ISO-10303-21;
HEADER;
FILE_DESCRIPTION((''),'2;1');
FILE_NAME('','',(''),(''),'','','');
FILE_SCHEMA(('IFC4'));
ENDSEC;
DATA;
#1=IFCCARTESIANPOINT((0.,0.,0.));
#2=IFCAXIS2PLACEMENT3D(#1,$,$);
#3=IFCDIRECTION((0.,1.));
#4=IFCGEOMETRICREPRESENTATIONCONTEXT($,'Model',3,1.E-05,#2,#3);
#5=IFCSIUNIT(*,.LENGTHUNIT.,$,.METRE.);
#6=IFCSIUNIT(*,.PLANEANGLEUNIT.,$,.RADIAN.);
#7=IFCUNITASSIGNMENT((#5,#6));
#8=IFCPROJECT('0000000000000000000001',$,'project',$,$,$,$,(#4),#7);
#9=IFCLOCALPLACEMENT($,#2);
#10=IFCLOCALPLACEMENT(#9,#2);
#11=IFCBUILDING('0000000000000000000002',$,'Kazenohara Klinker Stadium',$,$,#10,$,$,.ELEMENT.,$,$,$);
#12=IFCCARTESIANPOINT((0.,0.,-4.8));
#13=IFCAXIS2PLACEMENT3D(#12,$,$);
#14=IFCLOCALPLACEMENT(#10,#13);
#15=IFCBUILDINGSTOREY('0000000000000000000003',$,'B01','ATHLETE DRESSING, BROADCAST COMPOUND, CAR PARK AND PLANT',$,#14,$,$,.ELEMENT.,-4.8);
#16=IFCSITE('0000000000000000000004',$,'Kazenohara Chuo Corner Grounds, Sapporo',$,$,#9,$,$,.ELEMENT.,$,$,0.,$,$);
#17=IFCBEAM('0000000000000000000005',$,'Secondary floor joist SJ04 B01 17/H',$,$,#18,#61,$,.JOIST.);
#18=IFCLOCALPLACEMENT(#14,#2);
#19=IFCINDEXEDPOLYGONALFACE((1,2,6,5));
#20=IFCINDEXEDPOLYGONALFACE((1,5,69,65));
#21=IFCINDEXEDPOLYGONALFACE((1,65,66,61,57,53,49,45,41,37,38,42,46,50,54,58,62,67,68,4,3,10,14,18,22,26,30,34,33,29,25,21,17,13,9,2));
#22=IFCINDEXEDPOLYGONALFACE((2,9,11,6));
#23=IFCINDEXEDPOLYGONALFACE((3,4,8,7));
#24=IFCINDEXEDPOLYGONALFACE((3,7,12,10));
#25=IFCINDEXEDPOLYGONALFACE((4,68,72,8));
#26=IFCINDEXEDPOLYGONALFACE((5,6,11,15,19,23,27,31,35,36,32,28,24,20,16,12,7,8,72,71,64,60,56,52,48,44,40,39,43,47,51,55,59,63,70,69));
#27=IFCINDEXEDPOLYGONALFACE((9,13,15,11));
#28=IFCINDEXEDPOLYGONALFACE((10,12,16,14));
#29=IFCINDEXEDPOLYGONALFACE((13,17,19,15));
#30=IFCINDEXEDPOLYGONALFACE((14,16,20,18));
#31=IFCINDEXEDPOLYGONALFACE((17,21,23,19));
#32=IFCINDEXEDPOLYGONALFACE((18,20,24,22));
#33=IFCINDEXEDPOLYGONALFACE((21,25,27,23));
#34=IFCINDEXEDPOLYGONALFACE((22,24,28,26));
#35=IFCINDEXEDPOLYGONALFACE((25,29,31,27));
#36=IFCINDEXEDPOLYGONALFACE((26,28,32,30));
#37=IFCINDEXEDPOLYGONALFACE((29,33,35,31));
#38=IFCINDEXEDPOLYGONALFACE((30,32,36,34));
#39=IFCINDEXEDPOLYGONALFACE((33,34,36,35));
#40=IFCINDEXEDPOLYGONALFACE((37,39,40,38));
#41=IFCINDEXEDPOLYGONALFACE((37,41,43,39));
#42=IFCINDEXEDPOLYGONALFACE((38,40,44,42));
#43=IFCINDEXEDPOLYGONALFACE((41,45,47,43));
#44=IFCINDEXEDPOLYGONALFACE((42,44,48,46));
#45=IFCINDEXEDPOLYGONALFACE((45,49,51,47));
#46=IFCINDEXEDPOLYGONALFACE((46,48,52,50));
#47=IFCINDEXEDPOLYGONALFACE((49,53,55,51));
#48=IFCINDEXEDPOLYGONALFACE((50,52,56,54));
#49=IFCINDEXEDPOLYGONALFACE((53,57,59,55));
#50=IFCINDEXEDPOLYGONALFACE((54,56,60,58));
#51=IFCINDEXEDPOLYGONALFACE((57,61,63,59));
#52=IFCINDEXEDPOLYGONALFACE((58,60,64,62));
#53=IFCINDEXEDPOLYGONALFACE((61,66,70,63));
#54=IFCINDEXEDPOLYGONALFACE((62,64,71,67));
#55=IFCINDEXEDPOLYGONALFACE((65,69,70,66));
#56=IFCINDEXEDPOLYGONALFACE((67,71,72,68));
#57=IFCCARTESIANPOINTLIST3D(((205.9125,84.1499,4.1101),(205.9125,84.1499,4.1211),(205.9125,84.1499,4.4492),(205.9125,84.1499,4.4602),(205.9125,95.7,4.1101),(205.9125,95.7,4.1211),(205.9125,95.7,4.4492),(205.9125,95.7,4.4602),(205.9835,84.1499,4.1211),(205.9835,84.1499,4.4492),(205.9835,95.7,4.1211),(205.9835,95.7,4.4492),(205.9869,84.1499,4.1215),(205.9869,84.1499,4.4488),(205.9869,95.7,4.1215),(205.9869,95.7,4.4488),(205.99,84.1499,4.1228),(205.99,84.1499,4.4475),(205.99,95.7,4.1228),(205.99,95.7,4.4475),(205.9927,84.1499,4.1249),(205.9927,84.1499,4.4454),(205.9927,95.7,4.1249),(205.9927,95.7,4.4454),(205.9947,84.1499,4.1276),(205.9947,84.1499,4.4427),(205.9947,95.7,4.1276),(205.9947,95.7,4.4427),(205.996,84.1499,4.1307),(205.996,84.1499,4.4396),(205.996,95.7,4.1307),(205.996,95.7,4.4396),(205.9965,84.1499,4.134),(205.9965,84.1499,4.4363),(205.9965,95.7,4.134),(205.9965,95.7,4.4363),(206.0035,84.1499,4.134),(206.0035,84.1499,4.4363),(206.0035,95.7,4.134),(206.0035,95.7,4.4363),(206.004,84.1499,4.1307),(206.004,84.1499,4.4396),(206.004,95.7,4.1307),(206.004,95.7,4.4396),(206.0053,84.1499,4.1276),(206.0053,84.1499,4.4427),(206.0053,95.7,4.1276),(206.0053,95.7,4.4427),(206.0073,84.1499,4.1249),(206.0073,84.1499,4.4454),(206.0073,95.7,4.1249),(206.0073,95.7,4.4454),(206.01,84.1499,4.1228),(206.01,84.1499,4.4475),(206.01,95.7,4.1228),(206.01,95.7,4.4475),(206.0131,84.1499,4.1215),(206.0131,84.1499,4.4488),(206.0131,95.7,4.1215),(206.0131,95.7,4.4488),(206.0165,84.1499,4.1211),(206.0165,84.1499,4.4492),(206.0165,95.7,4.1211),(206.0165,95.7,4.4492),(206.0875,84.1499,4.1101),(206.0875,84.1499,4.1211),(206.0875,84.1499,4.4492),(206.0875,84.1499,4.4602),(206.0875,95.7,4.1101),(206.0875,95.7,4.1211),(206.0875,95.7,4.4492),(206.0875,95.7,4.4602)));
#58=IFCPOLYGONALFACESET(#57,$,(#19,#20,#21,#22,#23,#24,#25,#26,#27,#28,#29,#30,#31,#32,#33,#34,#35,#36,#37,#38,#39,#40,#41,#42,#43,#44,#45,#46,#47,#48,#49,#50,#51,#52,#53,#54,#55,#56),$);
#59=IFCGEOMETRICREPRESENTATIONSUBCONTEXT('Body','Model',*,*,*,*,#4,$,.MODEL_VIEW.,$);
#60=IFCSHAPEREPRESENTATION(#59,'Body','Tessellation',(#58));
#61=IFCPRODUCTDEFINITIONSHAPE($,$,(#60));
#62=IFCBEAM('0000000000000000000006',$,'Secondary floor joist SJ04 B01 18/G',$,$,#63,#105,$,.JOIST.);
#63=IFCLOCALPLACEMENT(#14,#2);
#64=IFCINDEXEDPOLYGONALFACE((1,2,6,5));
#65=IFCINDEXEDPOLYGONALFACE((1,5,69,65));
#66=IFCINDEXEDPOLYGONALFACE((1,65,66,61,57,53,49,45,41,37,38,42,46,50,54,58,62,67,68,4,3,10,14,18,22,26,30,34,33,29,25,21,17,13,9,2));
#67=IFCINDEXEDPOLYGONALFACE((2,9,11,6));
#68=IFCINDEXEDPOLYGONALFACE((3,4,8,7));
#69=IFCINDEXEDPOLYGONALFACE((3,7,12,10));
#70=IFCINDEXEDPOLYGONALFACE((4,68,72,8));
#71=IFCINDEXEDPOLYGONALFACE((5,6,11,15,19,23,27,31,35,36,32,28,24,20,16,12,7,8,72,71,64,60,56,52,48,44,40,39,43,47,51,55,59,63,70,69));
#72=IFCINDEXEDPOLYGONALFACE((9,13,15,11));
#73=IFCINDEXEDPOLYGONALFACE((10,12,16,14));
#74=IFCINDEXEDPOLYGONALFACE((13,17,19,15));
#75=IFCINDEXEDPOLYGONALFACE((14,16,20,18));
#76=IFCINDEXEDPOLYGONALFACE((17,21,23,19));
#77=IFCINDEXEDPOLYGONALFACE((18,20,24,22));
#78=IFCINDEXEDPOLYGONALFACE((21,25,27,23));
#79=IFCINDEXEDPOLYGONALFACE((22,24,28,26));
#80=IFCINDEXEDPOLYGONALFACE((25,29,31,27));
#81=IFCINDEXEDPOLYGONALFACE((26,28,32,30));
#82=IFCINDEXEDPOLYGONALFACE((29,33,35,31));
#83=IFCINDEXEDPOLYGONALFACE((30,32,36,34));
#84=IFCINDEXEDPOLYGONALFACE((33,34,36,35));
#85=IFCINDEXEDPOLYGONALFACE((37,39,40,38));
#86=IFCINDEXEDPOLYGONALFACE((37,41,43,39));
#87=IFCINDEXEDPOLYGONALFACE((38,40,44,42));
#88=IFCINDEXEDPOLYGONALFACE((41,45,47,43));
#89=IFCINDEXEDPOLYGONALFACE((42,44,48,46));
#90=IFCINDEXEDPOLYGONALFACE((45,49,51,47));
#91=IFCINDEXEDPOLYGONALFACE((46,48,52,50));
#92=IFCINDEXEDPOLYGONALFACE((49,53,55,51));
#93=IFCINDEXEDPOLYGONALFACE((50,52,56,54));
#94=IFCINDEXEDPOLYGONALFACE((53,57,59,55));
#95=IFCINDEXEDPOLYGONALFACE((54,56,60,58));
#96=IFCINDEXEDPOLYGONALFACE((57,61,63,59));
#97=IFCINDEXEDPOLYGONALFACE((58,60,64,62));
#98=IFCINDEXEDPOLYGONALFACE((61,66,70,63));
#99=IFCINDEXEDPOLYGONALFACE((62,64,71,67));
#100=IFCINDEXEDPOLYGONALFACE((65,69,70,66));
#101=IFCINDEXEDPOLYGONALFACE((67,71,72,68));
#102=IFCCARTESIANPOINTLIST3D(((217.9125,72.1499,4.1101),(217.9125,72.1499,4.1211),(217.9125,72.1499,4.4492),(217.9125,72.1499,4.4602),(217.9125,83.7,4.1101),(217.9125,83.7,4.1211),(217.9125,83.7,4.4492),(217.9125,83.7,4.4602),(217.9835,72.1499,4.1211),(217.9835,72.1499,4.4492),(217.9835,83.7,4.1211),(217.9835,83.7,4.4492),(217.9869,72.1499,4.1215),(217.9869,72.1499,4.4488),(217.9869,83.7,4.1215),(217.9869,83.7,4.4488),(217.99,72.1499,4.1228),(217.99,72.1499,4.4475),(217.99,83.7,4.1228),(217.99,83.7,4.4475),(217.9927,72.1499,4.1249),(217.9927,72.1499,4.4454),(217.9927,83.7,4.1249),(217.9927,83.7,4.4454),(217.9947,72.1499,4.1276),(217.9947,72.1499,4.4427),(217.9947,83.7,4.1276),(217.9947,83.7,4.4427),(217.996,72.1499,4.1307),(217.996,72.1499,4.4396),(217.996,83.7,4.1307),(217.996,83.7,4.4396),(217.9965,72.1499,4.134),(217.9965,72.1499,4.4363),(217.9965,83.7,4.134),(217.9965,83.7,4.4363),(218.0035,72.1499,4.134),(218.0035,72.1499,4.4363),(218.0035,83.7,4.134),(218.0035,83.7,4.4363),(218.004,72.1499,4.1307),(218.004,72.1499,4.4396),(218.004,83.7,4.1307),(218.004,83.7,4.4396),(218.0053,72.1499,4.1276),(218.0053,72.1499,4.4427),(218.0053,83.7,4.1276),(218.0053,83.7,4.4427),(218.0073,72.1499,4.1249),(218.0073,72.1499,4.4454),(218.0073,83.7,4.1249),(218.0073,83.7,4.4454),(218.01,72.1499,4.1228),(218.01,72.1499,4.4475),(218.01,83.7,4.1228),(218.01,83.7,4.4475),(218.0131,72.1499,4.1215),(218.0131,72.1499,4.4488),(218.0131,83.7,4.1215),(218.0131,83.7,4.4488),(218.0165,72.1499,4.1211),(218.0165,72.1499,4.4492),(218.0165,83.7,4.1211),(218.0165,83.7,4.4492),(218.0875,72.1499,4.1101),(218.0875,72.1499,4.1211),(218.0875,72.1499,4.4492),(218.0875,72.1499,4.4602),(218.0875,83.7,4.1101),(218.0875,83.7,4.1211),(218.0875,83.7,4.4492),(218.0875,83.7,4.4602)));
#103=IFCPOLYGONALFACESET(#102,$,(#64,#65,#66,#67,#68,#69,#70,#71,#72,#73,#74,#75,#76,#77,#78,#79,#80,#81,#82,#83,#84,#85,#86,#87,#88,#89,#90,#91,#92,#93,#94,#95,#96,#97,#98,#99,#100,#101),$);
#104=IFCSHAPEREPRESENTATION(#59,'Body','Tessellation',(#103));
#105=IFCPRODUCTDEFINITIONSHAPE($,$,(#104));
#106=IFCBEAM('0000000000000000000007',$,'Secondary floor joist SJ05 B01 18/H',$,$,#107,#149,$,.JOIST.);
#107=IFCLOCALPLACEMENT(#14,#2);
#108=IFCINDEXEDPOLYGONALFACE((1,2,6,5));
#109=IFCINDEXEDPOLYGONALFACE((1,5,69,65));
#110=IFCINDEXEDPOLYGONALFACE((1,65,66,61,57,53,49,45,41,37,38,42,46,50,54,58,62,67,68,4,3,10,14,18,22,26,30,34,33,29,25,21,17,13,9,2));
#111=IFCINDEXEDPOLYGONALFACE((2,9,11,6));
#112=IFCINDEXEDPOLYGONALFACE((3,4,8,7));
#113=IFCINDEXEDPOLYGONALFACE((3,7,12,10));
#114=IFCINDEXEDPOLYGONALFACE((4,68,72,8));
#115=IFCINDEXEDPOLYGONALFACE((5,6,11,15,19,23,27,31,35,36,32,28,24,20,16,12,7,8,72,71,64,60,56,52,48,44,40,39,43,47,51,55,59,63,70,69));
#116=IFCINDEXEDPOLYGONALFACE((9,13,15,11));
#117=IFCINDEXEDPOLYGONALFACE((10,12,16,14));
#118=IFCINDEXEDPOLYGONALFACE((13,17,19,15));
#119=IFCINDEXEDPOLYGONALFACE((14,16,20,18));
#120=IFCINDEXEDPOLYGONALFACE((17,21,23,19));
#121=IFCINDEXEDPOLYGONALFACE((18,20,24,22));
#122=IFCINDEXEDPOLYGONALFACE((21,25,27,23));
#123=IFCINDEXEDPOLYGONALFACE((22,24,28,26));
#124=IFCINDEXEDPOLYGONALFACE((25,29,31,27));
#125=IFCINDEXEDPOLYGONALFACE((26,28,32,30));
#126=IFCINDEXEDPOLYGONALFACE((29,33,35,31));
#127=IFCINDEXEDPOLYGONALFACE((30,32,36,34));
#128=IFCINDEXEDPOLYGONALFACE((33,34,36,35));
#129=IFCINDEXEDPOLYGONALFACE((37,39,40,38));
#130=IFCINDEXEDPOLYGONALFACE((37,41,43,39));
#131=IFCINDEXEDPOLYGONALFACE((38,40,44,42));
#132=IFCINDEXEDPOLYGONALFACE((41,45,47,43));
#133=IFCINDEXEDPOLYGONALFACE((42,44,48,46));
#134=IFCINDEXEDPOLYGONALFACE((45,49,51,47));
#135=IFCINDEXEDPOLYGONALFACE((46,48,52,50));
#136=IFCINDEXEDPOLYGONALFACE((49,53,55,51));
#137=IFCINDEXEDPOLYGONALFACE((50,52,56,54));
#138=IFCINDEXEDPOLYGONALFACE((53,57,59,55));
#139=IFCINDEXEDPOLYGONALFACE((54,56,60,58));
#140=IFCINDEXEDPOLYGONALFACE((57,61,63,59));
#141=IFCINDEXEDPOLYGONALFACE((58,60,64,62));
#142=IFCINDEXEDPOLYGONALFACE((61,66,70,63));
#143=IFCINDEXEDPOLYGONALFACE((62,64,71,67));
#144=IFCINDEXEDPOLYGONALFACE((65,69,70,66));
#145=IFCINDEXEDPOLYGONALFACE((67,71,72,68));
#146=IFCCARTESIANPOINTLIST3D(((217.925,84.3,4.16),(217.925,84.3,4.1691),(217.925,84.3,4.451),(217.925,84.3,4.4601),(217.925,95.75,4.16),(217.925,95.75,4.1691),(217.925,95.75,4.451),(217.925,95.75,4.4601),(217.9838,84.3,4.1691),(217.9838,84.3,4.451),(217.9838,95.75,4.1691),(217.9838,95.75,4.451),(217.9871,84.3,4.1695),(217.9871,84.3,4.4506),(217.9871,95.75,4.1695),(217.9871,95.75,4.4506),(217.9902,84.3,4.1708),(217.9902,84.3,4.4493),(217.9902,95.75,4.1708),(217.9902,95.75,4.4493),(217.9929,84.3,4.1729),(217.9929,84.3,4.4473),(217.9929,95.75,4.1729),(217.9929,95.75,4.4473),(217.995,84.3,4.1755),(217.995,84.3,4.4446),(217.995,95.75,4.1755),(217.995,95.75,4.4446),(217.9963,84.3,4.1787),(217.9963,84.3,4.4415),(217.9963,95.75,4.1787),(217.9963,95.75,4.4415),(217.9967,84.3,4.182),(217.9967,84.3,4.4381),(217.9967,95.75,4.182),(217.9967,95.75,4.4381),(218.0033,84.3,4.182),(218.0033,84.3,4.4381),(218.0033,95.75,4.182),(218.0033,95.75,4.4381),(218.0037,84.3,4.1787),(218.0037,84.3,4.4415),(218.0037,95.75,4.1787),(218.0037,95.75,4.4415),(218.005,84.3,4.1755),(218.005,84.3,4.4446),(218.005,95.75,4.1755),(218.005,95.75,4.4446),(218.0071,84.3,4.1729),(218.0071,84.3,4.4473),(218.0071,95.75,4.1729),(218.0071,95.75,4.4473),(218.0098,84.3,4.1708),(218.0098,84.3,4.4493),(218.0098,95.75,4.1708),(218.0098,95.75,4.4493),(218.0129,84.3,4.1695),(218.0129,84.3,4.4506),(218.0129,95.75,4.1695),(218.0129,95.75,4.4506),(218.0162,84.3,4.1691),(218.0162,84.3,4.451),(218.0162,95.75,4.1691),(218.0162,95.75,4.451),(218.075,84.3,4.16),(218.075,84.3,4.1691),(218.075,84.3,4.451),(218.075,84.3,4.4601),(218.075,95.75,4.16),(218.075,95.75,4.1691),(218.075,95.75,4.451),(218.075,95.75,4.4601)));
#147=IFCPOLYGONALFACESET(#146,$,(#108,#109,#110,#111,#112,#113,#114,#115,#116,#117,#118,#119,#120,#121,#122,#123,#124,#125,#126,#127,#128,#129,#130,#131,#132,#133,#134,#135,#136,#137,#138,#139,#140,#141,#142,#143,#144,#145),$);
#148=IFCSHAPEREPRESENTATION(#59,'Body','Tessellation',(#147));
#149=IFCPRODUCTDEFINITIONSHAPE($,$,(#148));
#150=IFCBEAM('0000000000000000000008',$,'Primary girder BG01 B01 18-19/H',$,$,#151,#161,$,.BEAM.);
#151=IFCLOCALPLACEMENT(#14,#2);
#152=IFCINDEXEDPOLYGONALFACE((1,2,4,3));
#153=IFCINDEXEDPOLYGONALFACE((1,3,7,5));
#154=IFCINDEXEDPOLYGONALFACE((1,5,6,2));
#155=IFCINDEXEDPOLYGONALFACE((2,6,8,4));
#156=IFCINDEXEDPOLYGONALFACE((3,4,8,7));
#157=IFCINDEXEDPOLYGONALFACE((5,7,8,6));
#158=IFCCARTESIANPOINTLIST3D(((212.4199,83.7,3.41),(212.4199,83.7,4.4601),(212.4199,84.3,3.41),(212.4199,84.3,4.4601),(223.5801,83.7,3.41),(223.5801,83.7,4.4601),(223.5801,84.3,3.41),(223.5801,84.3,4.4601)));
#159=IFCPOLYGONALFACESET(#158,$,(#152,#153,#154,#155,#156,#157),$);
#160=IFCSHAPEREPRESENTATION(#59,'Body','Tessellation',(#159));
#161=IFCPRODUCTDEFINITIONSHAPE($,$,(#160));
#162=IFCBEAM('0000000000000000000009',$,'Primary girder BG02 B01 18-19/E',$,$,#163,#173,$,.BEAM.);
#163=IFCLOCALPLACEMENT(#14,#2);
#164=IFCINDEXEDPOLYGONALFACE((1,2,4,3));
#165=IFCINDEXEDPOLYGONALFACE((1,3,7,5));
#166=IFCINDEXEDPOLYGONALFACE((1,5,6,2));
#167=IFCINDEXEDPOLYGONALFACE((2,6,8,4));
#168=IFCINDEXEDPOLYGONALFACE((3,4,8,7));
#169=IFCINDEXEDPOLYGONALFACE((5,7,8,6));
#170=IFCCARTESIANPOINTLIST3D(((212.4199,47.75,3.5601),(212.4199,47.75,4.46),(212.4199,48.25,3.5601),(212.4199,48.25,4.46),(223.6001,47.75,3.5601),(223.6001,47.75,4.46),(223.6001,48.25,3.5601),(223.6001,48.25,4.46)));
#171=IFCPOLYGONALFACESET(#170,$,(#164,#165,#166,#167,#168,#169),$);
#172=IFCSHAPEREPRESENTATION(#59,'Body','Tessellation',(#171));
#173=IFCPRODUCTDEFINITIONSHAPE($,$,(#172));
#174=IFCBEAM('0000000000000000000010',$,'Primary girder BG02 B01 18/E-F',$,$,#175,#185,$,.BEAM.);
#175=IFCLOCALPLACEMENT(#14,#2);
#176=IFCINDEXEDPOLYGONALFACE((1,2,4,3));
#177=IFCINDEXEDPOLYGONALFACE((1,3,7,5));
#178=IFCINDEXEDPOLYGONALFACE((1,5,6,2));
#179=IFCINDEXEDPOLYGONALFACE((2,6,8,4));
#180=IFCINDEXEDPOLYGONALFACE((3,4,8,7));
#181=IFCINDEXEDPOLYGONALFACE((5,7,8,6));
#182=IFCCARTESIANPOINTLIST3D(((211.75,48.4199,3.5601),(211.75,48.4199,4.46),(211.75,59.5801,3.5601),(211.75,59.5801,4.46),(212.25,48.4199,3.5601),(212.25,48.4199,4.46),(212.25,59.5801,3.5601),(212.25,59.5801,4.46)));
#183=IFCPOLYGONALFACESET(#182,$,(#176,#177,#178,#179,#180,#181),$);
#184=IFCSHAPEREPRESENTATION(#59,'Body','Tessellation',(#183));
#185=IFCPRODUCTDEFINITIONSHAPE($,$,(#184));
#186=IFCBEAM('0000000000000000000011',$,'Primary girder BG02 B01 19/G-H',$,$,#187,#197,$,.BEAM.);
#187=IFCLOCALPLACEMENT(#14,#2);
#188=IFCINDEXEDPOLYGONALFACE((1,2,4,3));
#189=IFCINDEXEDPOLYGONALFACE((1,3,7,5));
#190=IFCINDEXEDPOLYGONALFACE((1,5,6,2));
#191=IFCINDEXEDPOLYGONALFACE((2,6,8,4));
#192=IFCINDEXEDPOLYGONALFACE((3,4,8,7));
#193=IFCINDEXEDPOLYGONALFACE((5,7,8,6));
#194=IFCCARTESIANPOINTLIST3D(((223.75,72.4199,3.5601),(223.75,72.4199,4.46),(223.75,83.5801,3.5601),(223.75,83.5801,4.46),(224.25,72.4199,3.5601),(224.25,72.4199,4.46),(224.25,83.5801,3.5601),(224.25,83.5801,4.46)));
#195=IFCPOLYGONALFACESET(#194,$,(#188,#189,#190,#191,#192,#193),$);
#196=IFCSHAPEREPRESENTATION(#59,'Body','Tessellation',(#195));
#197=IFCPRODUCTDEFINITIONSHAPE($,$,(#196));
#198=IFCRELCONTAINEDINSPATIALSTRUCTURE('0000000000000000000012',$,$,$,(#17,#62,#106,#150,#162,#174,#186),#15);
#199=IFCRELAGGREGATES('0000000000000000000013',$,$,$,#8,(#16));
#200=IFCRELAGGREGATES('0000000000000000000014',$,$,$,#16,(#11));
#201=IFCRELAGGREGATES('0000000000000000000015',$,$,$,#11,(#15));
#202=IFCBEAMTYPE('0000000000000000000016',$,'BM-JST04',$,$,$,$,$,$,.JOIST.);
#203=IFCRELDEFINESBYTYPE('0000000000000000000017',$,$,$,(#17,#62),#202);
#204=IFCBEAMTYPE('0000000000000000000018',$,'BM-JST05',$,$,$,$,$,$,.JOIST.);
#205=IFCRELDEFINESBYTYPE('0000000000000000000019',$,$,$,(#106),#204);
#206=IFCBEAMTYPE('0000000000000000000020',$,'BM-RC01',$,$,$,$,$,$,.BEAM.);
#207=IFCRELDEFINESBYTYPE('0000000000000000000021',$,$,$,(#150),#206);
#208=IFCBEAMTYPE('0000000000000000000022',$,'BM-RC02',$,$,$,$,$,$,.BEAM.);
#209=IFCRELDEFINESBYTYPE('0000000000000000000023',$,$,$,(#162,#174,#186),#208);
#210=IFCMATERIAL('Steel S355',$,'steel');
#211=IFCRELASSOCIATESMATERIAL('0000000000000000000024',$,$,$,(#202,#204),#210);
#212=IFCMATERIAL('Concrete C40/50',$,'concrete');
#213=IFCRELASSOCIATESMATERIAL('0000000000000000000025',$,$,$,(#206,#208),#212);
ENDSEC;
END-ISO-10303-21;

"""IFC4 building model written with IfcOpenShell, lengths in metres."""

from ifc_helpers import new_model, si_unit, direction, frame, origin, origin_2d, place, context, subcontext, project, spatial, rectangle, i_section, extrude, material, material_profile, profile_set, type_object, element, save


model = new_model("IFC4")

# Units and contexts
model_context = context("Model", 3, precision=1e-05, world=origin(), true_north=direction((0.0, 1.0)))
body_context = subcontext(model_context, "Body", "Model", "MODEL_VIEW")
ifc_project = project(units=[si_unit("LENGTHUNIT", "METRE"), si_unit("PLANEANGLEUNIT", "RADIAN")], contexts=[model_context])

# Site, building, storey
site_placement = place(None, origin())
site = spatial("IfcSite", under=ifc_project, at=site_placement, Name="Kazenohara Chuo Corner Grounds, Sapporo", CompositionType="ELEMENT", RefElevation=0.0)
building_placement = place(site_placement, origin())
building = spatial("IfcBuilding", under=site, at=building_placement, Name="Kazenohara Klinker Stadium", CompositionType="ELEMENT")
storey_placement = place(building_placement, frame((0.0, 0.0, -4.8)))
storey = spatial("IfcBuildingStorey", under=building, at=storey_placement, Name="B01", Description="ATHLETE DRESSING, BROADCAST COMPOUND, CAR PARK AND PLANT", CompositionType="ELEMENT", Elevation=-4.8)

# Shared definitions
ifc_material_1 = material(Name="Concrete C40/50", Category="concrete")

# Beams
ifc_material_2 = material(Name="Steel S355", Category="steel")
ifc_material_profile_1 = material_profile(ifc_material_2, i_section(OverallWidth=0.175, OverallDepth=0.3501, WebThickness=0.0071, FlangeThickness=0.011, FilletRadius=0.0129, at=origin_2d()), Name="H-350x175x7x11")
ifc_profile_set_1 = profile_set([ifc_material_profile_1], Name="Steel S355")
beam_type_1 = type_object("IfcBeamType", Name="BM-JST04", PredefinedType="JOIST", material=ifc_profile_set_1)
for number, where, z_axis, x_axis, name in (
    (1, (206.0, 84.1499, 4.2852), (0.0, 1.0, 0.0), (-1.0, 0.0, 0.0), "Secondary floor joist SJ04 B01 17/H"),
    (2, (218.0, 72.1499, 4.2852), (0.0, 1.0, 0.0), (-1.0, 0.0, 0.0), "Secondary floor joist SJ04 B01 18/G"),
):
    element("IfcBeam", number, at=place(storey_placement, frame(where, z_axis=z_axis, x_axis=x_axis)), inside=storey, type_object=beam_type_1, Name=name, PredefinedType="JOIST", context=body_context, shape_type="SweptSolid", body=[
        extrude(i_section(OverallWidth=0.175, OverallDepth=0.3501, WebThickness=0.0071, FlangeThickness=0.011, FilletRadius=0.0129, at=origin_2d()), origin(), (0.0, 0.0, 1.0), 11.55),
    ])
ifc_material_profile_2 = material_profile(ifc_material_2, i_section(OverallWidth=0.1499, OverallDepth=0.3, WebThickness=0.0066, FlangeThickness=0.009, FilletRadius=0.0129, at=origin_2d()), Name="H-300x150x6.5x9")
ifc_profile_set_2 = profile_set([ifc_material_profile_2], Name="Steel S355")
beam_type_2 = type_object("IfcBeamType", Name="BM-JST05", PredefinedType="JOIST", material=ifc_profile_set_2)
beam_1_placement = place(storey_placement, frame((218.0, 84.3, 4.3101), z_axis=(0.0, 1.0, 0.0), x_axis=(-1.0, 0.0, 0.0)))
element("IfcBeam", 3, at=beam_1_placement, inside=storey, type_object=beam_type_2, Name="Secondary floor joist SJ05 B01 18/H", PredefinedType="JOIST", context=body_context, shape_type="SweptSolid", body=[
    extrude(i_section(OverallWidth=0.1499, OverallDepth=0.3, WebThickness=0.0066, FlangeThickness=0.009, FilletRadius=0.0129, at=origin_2d()), origin(), (0.0, 0.0, 1.0), 11.45),
])
ifc_material_profile_3 = material_profile(ifc_material_1, rectangle(XDim=0.6001, YDim=1.05, at=origin_2d()), Name="RC-BM-600x1050")
ifc_profile_set_3 = profile_set([ifc_material_profile_3], Name="Concrete C40/50")
beam_type_3 = type_object("IfcBeamType", Name="BM-RC01", PredefinedType="BEAM", material=ifc_profile_set_3)
beam_2_placement = place(storey_placement, frame((212.4199, 84.0, 3.9351), z_axis=(1.0, 0.0, 0.0), x_axis=(0.0, 1.0, 0.0)))
element("IfcBeam", 4, at=beam_2_placement, inside=storey, type_object=beam_type_3, Name="Primary girder BG01 B01 18-19/H", PredefinedType="BEAM", context=body_context, shape_type="SweptSolid", body=[
    extrude(rectangle(XDim=0.6001, YDim=1.05, at=origin_2d()), origin(), (0.0, 0.0, 1.0), 11.1602),
])
ifc_material_profile_4 = material_profile(ifc_material_1, rectangle(XDim=0.5, YDim=0.8999, at=origin_2d()), Name="RC-BM-500x900")
ifc_profile_set_4 = profile_set([ifc_material_profile_4], Name="Concrete C40/50")
beam_type_4 = type_object("IfcBeamType", Name="BM-RC02", PredefinedType="BEAM", material=ifc_profile_set_4)
beam_3_placement = place(storey_placement, frame((212.4199, 48.0, 4.01), z_axis=(1.0, 0.0, 0.0), x_axis=(0.0, 1.0, 0.0)))
element("IfcBeam", 5, at=beam_3_placement, inside=storey, type_object=beam_type_4, Name="Primary girder BG02 B01 18-19/E", PredefinedType="BEAM", context=body_context, shape_type="SweptSolid", body=[
    extrude(rectangle(XDim=0.5, YDim=0.8999, at=origin_2d()), origin(), (0.0, 0.0, 1.0), 11.1802),
])
for number, where, z_axis, x_axis, name in (
    (6, (212.0, 48.4199, 4.01), (0.0, 1.0, 0.0), (-1.0, 0.0, 0.0), "Primary girder BG02 B01 18/E-F"),
    (7, (224.0, 72.4199, 4.01), (0.0, 1.0, 0.0), (-1.0, 0.0, 0.0), "Primary girder BG02 B01 19/G-H"),
):
    element("IfcBeam", number, at=place(storey_placement, frame(where, z_axis=z_axis, x_axis=x_axis)), inside=storey, type_object=beam_type_4, Name=name, PredefinedType="BEAM", context=body_context, shape_type="SweptSolid", body=[
        extrude(rectangle(XDim=0.5, YDim=0.8999, at=origin_2d()), origin(), (0.0, 0.0, 1.0), 11.1602),
    ])

save(model, "model.ifc")
